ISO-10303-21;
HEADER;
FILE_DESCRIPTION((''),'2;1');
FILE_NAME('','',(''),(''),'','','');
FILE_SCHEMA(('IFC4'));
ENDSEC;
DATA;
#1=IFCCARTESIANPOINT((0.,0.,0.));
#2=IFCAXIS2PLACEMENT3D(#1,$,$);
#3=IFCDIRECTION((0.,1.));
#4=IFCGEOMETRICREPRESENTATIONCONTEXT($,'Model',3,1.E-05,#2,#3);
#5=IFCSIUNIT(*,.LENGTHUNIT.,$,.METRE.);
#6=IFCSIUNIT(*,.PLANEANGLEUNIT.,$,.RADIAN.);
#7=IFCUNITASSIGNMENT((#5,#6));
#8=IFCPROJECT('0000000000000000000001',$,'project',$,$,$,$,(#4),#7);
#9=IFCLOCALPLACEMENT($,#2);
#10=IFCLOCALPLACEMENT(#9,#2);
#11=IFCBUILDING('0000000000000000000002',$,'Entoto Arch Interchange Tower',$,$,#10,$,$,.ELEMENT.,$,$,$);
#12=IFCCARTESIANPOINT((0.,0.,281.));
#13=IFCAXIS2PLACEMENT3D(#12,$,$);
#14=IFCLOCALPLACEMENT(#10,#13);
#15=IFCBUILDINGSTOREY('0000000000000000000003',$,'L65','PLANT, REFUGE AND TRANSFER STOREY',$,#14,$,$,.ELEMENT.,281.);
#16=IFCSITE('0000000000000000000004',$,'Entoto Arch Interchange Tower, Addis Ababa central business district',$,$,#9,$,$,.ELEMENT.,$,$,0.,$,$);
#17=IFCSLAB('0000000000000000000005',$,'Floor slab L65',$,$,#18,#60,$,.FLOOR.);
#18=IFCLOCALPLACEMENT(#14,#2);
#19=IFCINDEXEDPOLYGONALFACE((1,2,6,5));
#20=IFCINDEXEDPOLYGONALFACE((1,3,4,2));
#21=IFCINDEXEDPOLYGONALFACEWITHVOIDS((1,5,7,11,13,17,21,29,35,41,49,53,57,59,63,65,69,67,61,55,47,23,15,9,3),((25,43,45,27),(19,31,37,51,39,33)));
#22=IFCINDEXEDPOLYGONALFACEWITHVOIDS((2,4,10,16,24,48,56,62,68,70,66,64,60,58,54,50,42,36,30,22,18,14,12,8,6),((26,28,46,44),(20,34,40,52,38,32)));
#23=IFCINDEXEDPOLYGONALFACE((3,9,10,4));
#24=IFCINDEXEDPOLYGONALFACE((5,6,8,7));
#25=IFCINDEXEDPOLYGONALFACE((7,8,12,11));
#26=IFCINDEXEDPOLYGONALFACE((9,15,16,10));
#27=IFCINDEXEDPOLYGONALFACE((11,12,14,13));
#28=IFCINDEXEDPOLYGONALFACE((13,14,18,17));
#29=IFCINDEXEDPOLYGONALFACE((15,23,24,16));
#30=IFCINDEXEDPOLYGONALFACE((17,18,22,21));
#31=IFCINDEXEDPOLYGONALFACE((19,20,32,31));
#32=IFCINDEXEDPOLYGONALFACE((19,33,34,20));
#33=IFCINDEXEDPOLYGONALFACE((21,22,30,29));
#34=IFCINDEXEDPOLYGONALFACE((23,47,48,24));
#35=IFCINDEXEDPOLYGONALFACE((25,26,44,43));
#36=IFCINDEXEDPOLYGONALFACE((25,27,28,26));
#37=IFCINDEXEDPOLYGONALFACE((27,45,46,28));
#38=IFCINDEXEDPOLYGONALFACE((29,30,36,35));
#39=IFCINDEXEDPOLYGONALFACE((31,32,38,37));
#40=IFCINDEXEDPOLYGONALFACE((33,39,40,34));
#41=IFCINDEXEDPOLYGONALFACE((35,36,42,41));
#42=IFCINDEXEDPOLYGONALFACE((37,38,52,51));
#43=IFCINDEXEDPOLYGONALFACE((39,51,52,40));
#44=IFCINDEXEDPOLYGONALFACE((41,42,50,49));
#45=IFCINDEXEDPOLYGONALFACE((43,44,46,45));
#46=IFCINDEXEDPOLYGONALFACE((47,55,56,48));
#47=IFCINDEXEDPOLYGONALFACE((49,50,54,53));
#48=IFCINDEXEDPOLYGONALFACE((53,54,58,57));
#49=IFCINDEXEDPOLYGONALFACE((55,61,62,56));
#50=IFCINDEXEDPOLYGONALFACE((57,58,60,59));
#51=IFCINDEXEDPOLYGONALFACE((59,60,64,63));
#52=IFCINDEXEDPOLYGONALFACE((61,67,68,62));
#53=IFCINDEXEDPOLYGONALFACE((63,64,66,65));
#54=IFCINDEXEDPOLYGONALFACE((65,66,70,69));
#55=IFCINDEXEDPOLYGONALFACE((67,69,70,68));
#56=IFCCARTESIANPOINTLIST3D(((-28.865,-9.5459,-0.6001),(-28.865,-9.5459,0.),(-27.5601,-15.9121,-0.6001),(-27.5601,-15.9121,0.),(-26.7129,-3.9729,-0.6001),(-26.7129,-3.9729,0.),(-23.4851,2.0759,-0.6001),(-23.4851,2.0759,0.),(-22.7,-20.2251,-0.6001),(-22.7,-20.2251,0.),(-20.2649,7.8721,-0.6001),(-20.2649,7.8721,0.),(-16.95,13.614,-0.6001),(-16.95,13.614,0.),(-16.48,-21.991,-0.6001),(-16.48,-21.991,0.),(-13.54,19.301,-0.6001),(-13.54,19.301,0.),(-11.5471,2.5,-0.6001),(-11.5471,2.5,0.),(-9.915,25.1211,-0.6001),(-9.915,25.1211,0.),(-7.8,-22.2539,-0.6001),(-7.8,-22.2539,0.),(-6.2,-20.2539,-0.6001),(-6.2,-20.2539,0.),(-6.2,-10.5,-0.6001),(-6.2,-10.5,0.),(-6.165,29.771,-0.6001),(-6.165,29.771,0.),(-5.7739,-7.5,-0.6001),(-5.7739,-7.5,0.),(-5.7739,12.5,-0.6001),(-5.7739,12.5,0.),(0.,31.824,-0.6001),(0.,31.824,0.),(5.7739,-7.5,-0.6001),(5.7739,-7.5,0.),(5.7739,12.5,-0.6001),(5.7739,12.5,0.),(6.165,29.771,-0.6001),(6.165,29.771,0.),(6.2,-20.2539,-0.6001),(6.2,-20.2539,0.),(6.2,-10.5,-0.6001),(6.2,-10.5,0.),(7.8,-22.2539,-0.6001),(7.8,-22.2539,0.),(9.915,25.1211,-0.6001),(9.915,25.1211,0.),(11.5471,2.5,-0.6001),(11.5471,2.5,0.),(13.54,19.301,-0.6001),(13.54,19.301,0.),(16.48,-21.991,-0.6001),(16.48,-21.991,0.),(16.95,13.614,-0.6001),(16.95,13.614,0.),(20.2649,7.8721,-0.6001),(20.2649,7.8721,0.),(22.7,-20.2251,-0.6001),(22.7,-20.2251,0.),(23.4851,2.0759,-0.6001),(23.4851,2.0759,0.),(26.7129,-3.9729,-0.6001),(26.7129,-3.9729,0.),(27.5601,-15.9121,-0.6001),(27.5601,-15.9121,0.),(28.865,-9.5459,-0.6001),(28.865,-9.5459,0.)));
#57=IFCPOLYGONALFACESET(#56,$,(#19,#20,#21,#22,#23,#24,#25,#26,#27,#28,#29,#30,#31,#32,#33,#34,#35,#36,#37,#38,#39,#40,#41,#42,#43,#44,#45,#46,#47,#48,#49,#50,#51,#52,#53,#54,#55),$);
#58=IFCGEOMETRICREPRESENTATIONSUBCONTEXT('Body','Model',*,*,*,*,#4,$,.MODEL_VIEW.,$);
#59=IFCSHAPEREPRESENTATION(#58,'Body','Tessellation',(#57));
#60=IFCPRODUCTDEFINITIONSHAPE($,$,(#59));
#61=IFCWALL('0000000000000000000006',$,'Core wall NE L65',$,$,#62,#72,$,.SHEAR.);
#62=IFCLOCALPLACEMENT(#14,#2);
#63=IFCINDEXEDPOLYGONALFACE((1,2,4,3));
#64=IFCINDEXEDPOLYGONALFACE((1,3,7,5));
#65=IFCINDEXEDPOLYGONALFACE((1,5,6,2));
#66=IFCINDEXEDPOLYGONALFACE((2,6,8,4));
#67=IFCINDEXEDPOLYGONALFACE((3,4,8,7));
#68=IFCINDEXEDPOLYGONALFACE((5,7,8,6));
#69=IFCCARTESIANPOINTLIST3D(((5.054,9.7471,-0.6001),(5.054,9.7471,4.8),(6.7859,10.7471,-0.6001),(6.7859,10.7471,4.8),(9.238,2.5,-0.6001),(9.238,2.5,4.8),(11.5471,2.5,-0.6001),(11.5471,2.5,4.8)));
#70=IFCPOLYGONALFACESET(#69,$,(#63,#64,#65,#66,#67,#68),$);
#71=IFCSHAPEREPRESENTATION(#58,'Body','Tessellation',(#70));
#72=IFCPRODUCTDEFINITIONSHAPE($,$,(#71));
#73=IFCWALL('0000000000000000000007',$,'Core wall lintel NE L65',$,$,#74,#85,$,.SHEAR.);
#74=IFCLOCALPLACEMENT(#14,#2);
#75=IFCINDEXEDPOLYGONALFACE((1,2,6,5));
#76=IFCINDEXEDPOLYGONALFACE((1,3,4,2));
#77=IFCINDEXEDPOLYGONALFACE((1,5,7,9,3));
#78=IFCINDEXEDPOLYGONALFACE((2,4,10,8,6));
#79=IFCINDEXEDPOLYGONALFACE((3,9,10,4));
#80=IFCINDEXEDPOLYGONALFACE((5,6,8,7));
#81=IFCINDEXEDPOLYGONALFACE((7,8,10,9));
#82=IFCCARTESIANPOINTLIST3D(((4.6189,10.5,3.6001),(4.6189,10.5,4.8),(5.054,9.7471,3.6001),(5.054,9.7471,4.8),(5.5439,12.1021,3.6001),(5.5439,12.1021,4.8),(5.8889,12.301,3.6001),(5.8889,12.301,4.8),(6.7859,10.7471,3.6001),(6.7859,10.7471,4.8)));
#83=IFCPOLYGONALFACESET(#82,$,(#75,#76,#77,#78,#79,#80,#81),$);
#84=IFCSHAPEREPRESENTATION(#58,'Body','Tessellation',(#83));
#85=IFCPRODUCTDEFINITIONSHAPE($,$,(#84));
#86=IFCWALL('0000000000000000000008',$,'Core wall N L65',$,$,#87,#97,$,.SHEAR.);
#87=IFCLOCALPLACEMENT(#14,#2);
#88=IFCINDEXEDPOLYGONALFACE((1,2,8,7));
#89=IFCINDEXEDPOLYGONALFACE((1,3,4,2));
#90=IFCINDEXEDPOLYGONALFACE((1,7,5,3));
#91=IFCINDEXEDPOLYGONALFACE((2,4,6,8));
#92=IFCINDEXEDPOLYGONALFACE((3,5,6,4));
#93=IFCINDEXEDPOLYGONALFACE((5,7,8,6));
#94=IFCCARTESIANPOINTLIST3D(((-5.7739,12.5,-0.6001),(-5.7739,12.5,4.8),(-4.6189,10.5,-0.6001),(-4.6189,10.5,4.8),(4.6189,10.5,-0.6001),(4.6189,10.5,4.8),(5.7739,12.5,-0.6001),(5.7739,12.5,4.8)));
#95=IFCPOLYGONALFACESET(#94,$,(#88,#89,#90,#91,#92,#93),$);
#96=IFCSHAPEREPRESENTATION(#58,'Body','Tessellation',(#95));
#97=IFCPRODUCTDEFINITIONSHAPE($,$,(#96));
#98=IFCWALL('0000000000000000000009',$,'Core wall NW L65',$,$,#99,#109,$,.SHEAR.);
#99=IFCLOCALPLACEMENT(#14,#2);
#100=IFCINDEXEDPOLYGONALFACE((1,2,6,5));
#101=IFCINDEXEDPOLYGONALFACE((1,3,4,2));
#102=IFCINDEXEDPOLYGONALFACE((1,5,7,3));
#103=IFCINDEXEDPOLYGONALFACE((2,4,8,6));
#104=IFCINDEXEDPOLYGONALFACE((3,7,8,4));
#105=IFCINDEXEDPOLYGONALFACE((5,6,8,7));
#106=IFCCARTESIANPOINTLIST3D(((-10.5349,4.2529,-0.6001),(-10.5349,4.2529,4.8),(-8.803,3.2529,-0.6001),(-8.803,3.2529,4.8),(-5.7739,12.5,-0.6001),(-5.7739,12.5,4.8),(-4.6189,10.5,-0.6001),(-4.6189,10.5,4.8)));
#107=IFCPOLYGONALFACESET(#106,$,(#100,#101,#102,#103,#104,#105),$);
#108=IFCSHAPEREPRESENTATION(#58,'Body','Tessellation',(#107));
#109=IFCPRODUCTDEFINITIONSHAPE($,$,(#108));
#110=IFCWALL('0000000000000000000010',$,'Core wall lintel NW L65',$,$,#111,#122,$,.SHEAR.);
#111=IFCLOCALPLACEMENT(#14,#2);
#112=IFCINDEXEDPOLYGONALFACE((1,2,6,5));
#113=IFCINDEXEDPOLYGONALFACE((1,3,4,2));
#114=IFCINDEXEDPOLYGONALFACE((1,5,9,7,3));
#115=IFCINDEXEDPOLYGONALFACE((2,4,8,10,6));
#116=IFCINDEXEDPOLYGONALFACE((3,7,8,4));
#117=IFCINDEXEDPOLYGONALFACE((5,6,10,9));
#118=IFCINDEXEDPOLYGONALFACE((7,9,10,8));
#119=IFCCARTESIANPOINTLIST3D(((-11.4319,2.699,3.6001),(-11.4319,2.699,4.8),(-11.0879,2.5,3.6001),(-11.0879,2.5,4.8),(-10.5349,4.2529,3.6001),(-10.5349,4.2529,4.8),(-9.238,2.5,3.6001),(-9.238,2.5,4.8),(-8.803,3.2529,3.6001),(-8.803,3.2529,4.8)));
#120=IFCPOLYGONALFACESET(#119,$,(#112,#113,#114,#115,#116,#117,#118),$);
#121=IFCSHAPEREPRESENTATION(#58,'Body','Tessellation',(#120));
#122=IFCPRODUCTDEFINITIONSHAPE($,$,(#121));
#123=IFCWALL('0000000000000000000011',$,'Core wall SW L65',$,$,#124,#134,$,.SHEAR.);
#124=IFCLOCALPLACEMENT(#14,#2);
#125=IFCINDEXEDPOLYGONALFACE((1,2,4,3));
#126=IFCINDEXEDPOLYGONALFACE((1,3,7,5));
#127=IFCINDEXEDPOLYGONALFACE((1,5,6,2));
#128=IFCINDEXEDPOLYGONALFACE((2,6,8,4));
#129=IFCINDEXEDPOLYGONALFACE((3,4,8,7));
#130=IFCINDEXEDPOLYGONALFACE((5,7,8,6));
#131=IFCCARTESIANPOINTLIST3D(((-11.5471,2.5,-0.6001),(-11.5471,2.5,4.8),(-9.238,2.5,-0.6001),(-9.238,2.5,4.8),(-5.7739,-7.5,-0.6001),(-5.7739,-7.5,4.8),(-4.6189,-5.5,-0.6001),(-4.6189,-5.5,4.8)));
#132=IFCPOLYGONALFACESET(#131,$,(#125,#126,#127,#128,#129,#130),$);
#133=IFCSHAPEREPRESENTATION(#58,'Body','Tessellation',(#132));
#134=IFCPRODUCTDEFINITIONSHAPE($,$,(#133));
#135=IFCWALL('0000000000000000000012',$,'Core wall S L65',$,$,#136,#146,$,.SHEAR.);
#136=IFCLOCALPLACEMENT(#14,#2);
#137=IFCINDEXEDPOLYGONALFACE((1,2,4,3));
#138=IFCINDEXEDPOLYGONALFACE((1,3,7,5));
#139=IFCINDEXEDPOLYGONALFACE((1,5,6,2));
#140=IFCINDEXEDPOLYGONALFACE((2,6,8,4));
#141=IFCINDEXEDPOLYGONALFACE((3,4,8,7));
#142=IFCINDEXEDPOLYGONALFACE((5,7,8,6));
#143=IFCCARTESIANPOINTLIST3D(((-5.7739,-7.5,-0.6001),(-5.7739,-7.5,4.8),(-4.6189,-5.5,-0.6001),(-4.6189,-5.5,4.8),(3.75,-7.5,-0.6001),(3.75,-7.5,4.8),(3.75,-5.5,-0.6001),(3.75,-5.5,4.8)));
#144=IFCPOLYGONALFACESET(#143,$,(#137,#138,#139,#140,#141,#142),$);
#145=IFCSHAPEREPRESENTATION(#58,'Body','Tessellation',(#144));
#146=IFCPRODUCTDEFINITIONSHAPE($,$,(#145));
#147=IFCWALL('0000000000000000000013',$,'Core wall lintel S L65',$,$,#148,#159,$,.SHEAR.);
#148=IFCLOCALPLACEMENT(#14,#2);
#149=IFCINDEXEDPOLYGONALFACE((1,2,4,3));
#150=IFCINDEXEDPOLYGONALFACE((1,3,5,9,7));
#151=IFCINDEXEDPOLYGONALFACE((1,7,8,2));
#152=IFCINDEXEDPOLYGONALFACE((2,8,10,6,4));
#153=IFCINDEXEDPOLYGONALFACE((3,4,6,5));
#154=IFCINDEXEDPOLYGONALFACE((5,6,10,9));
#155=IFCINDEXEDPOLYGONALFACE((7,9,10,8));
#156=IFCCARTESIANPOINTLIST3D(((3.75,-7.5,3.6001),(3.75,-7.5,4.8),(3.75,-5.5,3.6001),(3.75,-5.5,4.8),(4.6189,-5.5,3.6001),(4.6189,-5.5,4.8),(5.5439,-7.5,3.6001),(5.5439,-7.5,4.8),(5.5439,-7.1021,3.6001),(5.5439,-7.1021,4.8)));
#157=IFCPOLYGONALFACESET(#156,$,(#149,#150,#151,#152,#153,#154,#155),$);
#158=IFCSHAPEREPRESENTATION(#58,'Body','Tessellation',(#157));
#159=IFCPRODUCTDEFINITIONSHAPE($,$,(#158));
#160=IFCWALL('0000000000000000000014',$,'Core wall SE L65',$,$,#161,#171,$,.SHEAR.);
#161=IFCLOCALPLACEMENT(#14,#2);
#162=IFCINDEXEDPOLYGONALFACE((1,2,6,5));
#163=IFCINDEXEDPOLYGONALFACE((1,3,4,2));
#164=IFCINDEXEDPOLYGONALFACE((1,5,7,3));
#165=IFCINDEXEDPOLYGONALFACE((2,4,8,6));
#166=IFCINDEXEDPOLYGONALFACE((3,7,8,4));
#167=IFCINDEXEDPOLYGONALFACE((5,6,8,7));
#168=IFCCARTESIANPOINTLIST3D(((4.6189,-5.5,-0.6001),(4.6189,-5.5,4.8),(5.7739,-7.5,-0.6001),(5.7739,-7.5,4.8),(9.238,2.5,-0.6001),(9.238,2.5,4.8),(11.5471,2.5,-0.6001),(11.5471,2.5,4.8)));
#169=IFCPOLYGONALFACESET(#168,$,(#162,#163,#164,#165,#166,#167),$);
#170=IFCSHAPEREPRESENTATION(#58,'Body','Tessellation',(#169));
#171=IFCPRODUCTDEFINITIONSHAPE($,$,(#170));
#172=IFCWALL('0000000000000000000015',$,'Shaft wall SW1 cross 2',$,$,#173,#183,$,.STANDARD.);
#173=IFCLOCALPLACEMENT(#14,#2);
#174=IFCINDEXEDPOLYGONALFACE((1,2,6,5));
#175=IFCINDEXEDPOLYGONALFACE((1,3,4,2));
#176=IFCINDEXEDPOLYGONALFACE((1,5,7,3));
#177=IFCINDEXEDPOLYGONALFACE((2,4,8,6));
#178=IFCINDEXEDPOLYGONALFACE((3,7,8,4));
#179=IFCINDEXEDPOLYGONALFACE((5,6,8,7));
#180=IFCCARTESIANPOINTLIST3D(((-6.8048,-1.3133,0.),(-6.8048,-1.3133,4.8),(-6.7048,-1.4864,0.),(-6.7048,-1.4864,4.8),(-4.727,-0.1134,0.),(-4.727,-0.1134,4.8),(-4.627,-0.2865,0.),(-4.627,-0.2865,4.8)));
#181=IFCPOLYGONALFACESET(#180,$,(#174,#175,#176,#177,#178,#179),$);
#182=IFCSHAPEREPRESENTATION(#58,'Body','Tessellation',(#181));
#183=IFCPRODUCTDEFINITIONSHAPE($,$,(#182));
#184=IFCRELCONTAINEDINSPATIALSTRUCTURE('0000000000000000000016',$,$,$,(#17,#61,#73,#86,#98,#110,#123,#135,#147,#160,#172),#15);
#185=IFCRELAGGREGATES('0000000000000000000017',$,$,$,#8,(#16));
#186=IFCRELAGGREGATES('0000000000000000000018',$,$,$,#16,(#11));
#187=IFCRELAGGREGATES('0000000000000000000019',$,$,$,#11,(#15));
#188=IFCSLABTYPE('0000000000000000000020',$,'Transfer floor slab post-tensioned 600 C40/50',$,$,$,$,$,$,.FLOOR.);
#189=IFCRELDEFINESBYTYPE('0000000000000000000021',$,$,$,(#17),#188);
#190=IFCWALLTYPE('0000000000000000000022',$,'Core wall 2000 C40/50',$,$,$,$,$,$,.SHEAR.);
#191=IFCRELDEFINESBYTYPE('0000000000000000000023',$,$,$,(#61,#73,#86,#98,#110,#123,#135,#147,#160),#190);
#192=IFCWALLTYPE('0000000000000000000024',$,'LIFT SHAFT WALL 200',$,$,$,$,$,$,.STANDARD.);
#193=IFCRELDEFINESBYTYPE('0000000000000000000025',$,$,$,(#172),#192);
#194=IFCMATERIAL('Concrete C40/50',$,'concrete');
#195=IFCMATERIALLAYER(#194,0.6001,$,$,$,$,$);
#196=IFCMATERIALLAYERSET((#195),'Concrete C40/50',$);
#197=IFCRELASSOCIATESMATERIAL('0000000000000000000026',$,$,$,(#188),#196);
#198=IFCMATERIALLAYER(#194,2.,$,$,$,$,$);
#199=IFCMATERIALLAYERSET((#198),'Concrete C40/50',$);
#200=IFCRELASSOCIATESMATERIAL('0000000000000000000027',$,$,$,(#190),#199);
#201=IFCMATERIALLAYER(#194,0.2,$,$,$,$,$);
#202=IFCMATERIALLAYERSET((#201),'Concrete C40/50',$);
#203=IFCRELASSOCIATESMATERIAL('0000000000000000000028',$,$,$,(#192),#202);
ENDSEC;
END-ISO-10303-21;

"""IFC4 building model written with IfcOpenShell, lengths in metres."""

from ifc_helpers import new_model, si_unit, direction, frame, frame_2d, origin, place, context, subcontext, project, spatial, polyline, rectangle, outline, extrude, material, layer, layer_set, type_object, element, save


model = new_model("IFC4")

# Units and contexts
model_context = context("Model", 3, precision=1e-05, world=origin(), true_north=direction((0.0, 1.0)))
body_context = subcontext(model_context, "Body", "Model", "MODEL_VIEW")
ifc_project = project(units=[si_unit("LENGTHUNIT", "METRE"), si_unit("PLANEANGLEUNIT", "RADIAN")], contexts=[model_context])

# Site, building, storey
site_placement = place(None, origin())
site = spatial("IfcSite", under=ifc_project, at=site_placement, Name="Entoto Arch Interchange Tower, Addis Ababa central business district", CompositionType="ELEMENT", RefElevation=0.0)
building_placement = place(site_placement, origin())
building = spatial("IfcBuilding", under=site, at=building_placement, Name="Entoto Arch Interchange Tower", CompositionType="ELEMENT")
storey_placement = place(building_placement, frame((0.0, 0.0, 281.0)))
storey = spatial("IfcBuildingStorey", under=building, at=storey_placement, Name="L65", Description="PLANT, REFUGE AND TRANSFER STOREY", CompositionType="ELEMENT", Elevation=281.0)

# Slab
ifc_material_1 = material(Name="Concrete C40/50", Category="concrete")
ifc_layer_1 = layer(ifc_material_1, 0.6001)
ifc_layer_set_1 = layer_set([ifc_layer_1], Name="Concrete C40/50")
slab_type = type_object("IfcSlabType", Name="Transfer floor slab post-tensioned 600 C40/50", PredefinedType="FLOOR", material=ifc_layer_set_1)
slab_placement = place(storey_placement, frame((0.0, 0.0, -0.6001)))
element("IfcSlab", 1, at=slab_placement, inside=storey, type_object=slab_type, Name="Floor slab L65", PredefinedType="FLOOR", context=body_context, shape_type="SweptSolid", body=[
    extrude(outline(polyline([(-16.48, -21.991), (-7.8, -22.2539), (7.8, -22.2539), (16.48, -21.991), (22.7, -20.2251), (27.5601, -15.9121), (28.865, -9.5459), (26.7129, -3.9729), (23.4851, 2.0759), (20.2649, 7.8721), (16.95, 13.614), (13.54, 19.301), (9.915, 25.1211), (6.165, 29.771), (0.0, 31.824), (-6.165, 29.771), (-9.915, 25.1211), (-13.54, 19.301), (-16.95, 13.614), (-20.2649, 7.8721), (-23.4851, 2.0759), (-26.7129, -3.9729), (-28.865, -9.5459), (-27.5601, -15.9121), (-22.7, -20.2251), (-16.48, -21.991)]), holes=[polyline([(6.2, -20.2539), (6.2, -10.5), (-6.2, -10.5), (-6.2, -20.2539), (6.2, -20.2539)]), polyline([(11.5471, 2.5), (5.7739, 12.5), (-5.7739, 12.5), (-11.5471, 2.5), (-5.7739, -7.5), (5.7739, -7.5), (11.5471, 2.5)])]), origin(), (0.0, 0.0, 1.0), 0.6001),
])

# Walls
ifc_layer_2 = layer(ifc_material_1, 2.0)
ifc_layer_set_2 = layer_set([ifc_layer_2], Name="Concrete C40/50")
wall_type_1 = type_object("IfcWallType", Name="Core wall 2000 C40/50", PredefinedType="SHEAR", material=ifc_layer_set_2)
wall_1_placement = place(storey_placement, frame((0.0, 0.0, -0.6001)))
element("IfcWall", 2, at=wall_1_placement, inside=storey, type_object=wall_type_1, Name="Core wall NE L65", PredefinedType="SHEAR", context=body_context, shape_type="SweptSolid", body=[
    extrude(outline(polyline([(6.7859, 10.7471), (5.054, 9.7471), (9.238, 2.5), (11.5471, 2.5), (6.7859, 10.7471)])), origin(), (0.0, 0.0, 1.0), 5.4001),
])
wall_2_placement = place(storey_placement, frame((0.0, 0.0, 3.6001)))
element("IfcWall", 3, at=wall_2_placement, inside=storey, type_object=wall_type_1, Name="Core wall lintel NE L65", PredefinedType="SHEAR", context=body_context, shape_type="SweptSolid", body=[
    extrude(outline(polyline([(5.8889, 12.301), (5.5439, 12.1021), (4.6189, 10.5), (5.054, 9.7471), (6.7859, 10.7471), (5.8889, 12.301)])), origin(), (0.0, 0.0, 1.0), 1.2),
])
wall_3_placement = place(storey_placement, frame((0.0, 0.0, -0.6001)))
element("IfcWall", 4, at=wall_3_placement, inside=storey, type_object=wall_type_1, Name="Core wall N L65", PredefinedType="SHEAR", context=body_context, shape_type="SweptSolid", body=[
    extrude(outline(polyline([(5.7739, 12.5), (-5.7739, 12.5), (-4.6189, 10.5), (4.6189, 10.5), (5.7739, 12.5)])), origin(), (0.0, 0.0, 1.0), 5.4001),
])
wall_4_placement = place(storey_placement, frame((0.0, 0.0, -0.6001)))
element("IfcWall", 5, at=wall_4_placement, inside=storey, type_object=wall_type_1, Name="Core wall NW L65", PredefinedType="SHEAR", context=body_context, shape_type="SweptSolid", body=[
    extrude(outline(polyline([(-10.5349, 4.2529), (-8.803, 3.2529), (-4.6189, 10.5), (-5.7739, 12.5), (-10.5349, 4.2529)])), origin(), (0.0, 0.0, 1.0), 5.4001),
])
wall_5_placement = place(storey_placement, frame((0.0, 0.0, 3.6001)))
element("IfcWall", 6, at=wall_5_placement, inside=storey, type_object=wall_type_1, Name="Core wall lintel NW L65", PredefinedType="SHEAR", context=body_context, shape_type="SweptSolid", body=[
    extrude(outline(polyline([(-11.4319, 2.699), (-11.0879, 2.5), (-9.238, 2.5), (-8.803, 3.2529), (-10.5349, 4.2529), (-11.4319, 2.699)])), origin(), (0.0, 0.0, 1.0), 1.2),
])
wall_6_placement = place(storey_placement, frame((0.0, 0.0, -0.6001)))
element("IfcWall", 7, at=wall_6_placement, inside=storey, type_object=wall_type_1, Name="Core wall SW L65", PredefinedType="SHEAR", context=body_context, shape_type="SweptSolid", body=[
    extrude(outline(polyline([(-11.5471, 2.5), (-5.7739, -7.5), (-4.6189, -5.5), (-9.238, 2.5), (-11.5471, 2.5)])), origin(), (0.0, 0.0, 1.0), 5.4001),
])
wall_7_placement = place(storey_placement, frame((0.0, 0.0, -0.6001)))
element("IfcWall", 8, at=wall_7_placement, inside=storey, type_object=wall_type_1, Name="Core wall S L65", PredefinedType="SHEAR", context=body_context, shape_type="SweptSolid", body=[
    extrude(outline(polyline([(3.75, -7.5), (3.75, -5.5), (-4.6189, -5.5), (-5.7739, -7.5), (3.75, -7.5)])), origin(), (0.0, 0.0, 1.0), 5.4001),
])
wall_8_placement = place(storey_placement, frame((0.0, 0.0, 3.6001)))
element("IfcWall", 9, at=wall_8_placement, inside=storey, type_object=wall_type_1, Name="Core wall lintel S L65", PredefinedType="SHEAR", context=body_context, shape_type="SweptSolid", body=[
    extrude(outline(polyline([(5.5439, -7.5), (5.5439, -7.1021), (4.6189, -5.5), (3.75, -5.5), (3.75, -7.5), (5.5439, -7.5)])), origin(), (0.0, 0.0, 1.0), 1.2),
])
wall_9_placement = place(storey_placement, frame((0.0, 0.0, -0.6001)))
element("IfcWall", 10, at=wall_9_placement, inside=storey, type_object=wall_type_1, Name="Core wall SE L65", PredefinedType="SHEAR", context=body_context, shape_type="SweptSolid", body=[
    extrude(outline(polyline([(5.7739, -7.5), (11.5471, 2.5), (9.238, 2.5), (4.6189, -5.5), (5.7739, -7.5)])), origin(), (0.0, 0.0, 1.0), 5.4001),
])
ifc_layer_3 = layer(ifc_material_1, 0.2)
ifc_layer_set_3 = layer_set([ifc_layer_3], Name="Concrete C40/50")
wall_type_2 = type_object("IfcWallType", Name="LIFT SHAFT WALL 200", PredefinedType="STANDARD", material=ifc_layer_set_3)
wall_10_placement = place(storey_placement, frame((-4.677, -0.2, 0.0), z_axis=(0.0, 0.0, 1.0), x_axis=(-0.865974, -0.500089, 0.0)))
element("IfcWall", 11, at=wall_10_placement, inside=storey, type_object=wall_type_2, Name="Shaft wall SW1 cross 2", PredefinedType="STANDARD", context=body_context, shape_type="SweptSolid", body=[
    extrude(rectangle(XDim=2.3994, YDim=0.2, at=frame_2d((1.1997, 0.0))), origin(), (0.0, 0.0, 1.0), 4.8),
])

save(model, "model.ifc")
